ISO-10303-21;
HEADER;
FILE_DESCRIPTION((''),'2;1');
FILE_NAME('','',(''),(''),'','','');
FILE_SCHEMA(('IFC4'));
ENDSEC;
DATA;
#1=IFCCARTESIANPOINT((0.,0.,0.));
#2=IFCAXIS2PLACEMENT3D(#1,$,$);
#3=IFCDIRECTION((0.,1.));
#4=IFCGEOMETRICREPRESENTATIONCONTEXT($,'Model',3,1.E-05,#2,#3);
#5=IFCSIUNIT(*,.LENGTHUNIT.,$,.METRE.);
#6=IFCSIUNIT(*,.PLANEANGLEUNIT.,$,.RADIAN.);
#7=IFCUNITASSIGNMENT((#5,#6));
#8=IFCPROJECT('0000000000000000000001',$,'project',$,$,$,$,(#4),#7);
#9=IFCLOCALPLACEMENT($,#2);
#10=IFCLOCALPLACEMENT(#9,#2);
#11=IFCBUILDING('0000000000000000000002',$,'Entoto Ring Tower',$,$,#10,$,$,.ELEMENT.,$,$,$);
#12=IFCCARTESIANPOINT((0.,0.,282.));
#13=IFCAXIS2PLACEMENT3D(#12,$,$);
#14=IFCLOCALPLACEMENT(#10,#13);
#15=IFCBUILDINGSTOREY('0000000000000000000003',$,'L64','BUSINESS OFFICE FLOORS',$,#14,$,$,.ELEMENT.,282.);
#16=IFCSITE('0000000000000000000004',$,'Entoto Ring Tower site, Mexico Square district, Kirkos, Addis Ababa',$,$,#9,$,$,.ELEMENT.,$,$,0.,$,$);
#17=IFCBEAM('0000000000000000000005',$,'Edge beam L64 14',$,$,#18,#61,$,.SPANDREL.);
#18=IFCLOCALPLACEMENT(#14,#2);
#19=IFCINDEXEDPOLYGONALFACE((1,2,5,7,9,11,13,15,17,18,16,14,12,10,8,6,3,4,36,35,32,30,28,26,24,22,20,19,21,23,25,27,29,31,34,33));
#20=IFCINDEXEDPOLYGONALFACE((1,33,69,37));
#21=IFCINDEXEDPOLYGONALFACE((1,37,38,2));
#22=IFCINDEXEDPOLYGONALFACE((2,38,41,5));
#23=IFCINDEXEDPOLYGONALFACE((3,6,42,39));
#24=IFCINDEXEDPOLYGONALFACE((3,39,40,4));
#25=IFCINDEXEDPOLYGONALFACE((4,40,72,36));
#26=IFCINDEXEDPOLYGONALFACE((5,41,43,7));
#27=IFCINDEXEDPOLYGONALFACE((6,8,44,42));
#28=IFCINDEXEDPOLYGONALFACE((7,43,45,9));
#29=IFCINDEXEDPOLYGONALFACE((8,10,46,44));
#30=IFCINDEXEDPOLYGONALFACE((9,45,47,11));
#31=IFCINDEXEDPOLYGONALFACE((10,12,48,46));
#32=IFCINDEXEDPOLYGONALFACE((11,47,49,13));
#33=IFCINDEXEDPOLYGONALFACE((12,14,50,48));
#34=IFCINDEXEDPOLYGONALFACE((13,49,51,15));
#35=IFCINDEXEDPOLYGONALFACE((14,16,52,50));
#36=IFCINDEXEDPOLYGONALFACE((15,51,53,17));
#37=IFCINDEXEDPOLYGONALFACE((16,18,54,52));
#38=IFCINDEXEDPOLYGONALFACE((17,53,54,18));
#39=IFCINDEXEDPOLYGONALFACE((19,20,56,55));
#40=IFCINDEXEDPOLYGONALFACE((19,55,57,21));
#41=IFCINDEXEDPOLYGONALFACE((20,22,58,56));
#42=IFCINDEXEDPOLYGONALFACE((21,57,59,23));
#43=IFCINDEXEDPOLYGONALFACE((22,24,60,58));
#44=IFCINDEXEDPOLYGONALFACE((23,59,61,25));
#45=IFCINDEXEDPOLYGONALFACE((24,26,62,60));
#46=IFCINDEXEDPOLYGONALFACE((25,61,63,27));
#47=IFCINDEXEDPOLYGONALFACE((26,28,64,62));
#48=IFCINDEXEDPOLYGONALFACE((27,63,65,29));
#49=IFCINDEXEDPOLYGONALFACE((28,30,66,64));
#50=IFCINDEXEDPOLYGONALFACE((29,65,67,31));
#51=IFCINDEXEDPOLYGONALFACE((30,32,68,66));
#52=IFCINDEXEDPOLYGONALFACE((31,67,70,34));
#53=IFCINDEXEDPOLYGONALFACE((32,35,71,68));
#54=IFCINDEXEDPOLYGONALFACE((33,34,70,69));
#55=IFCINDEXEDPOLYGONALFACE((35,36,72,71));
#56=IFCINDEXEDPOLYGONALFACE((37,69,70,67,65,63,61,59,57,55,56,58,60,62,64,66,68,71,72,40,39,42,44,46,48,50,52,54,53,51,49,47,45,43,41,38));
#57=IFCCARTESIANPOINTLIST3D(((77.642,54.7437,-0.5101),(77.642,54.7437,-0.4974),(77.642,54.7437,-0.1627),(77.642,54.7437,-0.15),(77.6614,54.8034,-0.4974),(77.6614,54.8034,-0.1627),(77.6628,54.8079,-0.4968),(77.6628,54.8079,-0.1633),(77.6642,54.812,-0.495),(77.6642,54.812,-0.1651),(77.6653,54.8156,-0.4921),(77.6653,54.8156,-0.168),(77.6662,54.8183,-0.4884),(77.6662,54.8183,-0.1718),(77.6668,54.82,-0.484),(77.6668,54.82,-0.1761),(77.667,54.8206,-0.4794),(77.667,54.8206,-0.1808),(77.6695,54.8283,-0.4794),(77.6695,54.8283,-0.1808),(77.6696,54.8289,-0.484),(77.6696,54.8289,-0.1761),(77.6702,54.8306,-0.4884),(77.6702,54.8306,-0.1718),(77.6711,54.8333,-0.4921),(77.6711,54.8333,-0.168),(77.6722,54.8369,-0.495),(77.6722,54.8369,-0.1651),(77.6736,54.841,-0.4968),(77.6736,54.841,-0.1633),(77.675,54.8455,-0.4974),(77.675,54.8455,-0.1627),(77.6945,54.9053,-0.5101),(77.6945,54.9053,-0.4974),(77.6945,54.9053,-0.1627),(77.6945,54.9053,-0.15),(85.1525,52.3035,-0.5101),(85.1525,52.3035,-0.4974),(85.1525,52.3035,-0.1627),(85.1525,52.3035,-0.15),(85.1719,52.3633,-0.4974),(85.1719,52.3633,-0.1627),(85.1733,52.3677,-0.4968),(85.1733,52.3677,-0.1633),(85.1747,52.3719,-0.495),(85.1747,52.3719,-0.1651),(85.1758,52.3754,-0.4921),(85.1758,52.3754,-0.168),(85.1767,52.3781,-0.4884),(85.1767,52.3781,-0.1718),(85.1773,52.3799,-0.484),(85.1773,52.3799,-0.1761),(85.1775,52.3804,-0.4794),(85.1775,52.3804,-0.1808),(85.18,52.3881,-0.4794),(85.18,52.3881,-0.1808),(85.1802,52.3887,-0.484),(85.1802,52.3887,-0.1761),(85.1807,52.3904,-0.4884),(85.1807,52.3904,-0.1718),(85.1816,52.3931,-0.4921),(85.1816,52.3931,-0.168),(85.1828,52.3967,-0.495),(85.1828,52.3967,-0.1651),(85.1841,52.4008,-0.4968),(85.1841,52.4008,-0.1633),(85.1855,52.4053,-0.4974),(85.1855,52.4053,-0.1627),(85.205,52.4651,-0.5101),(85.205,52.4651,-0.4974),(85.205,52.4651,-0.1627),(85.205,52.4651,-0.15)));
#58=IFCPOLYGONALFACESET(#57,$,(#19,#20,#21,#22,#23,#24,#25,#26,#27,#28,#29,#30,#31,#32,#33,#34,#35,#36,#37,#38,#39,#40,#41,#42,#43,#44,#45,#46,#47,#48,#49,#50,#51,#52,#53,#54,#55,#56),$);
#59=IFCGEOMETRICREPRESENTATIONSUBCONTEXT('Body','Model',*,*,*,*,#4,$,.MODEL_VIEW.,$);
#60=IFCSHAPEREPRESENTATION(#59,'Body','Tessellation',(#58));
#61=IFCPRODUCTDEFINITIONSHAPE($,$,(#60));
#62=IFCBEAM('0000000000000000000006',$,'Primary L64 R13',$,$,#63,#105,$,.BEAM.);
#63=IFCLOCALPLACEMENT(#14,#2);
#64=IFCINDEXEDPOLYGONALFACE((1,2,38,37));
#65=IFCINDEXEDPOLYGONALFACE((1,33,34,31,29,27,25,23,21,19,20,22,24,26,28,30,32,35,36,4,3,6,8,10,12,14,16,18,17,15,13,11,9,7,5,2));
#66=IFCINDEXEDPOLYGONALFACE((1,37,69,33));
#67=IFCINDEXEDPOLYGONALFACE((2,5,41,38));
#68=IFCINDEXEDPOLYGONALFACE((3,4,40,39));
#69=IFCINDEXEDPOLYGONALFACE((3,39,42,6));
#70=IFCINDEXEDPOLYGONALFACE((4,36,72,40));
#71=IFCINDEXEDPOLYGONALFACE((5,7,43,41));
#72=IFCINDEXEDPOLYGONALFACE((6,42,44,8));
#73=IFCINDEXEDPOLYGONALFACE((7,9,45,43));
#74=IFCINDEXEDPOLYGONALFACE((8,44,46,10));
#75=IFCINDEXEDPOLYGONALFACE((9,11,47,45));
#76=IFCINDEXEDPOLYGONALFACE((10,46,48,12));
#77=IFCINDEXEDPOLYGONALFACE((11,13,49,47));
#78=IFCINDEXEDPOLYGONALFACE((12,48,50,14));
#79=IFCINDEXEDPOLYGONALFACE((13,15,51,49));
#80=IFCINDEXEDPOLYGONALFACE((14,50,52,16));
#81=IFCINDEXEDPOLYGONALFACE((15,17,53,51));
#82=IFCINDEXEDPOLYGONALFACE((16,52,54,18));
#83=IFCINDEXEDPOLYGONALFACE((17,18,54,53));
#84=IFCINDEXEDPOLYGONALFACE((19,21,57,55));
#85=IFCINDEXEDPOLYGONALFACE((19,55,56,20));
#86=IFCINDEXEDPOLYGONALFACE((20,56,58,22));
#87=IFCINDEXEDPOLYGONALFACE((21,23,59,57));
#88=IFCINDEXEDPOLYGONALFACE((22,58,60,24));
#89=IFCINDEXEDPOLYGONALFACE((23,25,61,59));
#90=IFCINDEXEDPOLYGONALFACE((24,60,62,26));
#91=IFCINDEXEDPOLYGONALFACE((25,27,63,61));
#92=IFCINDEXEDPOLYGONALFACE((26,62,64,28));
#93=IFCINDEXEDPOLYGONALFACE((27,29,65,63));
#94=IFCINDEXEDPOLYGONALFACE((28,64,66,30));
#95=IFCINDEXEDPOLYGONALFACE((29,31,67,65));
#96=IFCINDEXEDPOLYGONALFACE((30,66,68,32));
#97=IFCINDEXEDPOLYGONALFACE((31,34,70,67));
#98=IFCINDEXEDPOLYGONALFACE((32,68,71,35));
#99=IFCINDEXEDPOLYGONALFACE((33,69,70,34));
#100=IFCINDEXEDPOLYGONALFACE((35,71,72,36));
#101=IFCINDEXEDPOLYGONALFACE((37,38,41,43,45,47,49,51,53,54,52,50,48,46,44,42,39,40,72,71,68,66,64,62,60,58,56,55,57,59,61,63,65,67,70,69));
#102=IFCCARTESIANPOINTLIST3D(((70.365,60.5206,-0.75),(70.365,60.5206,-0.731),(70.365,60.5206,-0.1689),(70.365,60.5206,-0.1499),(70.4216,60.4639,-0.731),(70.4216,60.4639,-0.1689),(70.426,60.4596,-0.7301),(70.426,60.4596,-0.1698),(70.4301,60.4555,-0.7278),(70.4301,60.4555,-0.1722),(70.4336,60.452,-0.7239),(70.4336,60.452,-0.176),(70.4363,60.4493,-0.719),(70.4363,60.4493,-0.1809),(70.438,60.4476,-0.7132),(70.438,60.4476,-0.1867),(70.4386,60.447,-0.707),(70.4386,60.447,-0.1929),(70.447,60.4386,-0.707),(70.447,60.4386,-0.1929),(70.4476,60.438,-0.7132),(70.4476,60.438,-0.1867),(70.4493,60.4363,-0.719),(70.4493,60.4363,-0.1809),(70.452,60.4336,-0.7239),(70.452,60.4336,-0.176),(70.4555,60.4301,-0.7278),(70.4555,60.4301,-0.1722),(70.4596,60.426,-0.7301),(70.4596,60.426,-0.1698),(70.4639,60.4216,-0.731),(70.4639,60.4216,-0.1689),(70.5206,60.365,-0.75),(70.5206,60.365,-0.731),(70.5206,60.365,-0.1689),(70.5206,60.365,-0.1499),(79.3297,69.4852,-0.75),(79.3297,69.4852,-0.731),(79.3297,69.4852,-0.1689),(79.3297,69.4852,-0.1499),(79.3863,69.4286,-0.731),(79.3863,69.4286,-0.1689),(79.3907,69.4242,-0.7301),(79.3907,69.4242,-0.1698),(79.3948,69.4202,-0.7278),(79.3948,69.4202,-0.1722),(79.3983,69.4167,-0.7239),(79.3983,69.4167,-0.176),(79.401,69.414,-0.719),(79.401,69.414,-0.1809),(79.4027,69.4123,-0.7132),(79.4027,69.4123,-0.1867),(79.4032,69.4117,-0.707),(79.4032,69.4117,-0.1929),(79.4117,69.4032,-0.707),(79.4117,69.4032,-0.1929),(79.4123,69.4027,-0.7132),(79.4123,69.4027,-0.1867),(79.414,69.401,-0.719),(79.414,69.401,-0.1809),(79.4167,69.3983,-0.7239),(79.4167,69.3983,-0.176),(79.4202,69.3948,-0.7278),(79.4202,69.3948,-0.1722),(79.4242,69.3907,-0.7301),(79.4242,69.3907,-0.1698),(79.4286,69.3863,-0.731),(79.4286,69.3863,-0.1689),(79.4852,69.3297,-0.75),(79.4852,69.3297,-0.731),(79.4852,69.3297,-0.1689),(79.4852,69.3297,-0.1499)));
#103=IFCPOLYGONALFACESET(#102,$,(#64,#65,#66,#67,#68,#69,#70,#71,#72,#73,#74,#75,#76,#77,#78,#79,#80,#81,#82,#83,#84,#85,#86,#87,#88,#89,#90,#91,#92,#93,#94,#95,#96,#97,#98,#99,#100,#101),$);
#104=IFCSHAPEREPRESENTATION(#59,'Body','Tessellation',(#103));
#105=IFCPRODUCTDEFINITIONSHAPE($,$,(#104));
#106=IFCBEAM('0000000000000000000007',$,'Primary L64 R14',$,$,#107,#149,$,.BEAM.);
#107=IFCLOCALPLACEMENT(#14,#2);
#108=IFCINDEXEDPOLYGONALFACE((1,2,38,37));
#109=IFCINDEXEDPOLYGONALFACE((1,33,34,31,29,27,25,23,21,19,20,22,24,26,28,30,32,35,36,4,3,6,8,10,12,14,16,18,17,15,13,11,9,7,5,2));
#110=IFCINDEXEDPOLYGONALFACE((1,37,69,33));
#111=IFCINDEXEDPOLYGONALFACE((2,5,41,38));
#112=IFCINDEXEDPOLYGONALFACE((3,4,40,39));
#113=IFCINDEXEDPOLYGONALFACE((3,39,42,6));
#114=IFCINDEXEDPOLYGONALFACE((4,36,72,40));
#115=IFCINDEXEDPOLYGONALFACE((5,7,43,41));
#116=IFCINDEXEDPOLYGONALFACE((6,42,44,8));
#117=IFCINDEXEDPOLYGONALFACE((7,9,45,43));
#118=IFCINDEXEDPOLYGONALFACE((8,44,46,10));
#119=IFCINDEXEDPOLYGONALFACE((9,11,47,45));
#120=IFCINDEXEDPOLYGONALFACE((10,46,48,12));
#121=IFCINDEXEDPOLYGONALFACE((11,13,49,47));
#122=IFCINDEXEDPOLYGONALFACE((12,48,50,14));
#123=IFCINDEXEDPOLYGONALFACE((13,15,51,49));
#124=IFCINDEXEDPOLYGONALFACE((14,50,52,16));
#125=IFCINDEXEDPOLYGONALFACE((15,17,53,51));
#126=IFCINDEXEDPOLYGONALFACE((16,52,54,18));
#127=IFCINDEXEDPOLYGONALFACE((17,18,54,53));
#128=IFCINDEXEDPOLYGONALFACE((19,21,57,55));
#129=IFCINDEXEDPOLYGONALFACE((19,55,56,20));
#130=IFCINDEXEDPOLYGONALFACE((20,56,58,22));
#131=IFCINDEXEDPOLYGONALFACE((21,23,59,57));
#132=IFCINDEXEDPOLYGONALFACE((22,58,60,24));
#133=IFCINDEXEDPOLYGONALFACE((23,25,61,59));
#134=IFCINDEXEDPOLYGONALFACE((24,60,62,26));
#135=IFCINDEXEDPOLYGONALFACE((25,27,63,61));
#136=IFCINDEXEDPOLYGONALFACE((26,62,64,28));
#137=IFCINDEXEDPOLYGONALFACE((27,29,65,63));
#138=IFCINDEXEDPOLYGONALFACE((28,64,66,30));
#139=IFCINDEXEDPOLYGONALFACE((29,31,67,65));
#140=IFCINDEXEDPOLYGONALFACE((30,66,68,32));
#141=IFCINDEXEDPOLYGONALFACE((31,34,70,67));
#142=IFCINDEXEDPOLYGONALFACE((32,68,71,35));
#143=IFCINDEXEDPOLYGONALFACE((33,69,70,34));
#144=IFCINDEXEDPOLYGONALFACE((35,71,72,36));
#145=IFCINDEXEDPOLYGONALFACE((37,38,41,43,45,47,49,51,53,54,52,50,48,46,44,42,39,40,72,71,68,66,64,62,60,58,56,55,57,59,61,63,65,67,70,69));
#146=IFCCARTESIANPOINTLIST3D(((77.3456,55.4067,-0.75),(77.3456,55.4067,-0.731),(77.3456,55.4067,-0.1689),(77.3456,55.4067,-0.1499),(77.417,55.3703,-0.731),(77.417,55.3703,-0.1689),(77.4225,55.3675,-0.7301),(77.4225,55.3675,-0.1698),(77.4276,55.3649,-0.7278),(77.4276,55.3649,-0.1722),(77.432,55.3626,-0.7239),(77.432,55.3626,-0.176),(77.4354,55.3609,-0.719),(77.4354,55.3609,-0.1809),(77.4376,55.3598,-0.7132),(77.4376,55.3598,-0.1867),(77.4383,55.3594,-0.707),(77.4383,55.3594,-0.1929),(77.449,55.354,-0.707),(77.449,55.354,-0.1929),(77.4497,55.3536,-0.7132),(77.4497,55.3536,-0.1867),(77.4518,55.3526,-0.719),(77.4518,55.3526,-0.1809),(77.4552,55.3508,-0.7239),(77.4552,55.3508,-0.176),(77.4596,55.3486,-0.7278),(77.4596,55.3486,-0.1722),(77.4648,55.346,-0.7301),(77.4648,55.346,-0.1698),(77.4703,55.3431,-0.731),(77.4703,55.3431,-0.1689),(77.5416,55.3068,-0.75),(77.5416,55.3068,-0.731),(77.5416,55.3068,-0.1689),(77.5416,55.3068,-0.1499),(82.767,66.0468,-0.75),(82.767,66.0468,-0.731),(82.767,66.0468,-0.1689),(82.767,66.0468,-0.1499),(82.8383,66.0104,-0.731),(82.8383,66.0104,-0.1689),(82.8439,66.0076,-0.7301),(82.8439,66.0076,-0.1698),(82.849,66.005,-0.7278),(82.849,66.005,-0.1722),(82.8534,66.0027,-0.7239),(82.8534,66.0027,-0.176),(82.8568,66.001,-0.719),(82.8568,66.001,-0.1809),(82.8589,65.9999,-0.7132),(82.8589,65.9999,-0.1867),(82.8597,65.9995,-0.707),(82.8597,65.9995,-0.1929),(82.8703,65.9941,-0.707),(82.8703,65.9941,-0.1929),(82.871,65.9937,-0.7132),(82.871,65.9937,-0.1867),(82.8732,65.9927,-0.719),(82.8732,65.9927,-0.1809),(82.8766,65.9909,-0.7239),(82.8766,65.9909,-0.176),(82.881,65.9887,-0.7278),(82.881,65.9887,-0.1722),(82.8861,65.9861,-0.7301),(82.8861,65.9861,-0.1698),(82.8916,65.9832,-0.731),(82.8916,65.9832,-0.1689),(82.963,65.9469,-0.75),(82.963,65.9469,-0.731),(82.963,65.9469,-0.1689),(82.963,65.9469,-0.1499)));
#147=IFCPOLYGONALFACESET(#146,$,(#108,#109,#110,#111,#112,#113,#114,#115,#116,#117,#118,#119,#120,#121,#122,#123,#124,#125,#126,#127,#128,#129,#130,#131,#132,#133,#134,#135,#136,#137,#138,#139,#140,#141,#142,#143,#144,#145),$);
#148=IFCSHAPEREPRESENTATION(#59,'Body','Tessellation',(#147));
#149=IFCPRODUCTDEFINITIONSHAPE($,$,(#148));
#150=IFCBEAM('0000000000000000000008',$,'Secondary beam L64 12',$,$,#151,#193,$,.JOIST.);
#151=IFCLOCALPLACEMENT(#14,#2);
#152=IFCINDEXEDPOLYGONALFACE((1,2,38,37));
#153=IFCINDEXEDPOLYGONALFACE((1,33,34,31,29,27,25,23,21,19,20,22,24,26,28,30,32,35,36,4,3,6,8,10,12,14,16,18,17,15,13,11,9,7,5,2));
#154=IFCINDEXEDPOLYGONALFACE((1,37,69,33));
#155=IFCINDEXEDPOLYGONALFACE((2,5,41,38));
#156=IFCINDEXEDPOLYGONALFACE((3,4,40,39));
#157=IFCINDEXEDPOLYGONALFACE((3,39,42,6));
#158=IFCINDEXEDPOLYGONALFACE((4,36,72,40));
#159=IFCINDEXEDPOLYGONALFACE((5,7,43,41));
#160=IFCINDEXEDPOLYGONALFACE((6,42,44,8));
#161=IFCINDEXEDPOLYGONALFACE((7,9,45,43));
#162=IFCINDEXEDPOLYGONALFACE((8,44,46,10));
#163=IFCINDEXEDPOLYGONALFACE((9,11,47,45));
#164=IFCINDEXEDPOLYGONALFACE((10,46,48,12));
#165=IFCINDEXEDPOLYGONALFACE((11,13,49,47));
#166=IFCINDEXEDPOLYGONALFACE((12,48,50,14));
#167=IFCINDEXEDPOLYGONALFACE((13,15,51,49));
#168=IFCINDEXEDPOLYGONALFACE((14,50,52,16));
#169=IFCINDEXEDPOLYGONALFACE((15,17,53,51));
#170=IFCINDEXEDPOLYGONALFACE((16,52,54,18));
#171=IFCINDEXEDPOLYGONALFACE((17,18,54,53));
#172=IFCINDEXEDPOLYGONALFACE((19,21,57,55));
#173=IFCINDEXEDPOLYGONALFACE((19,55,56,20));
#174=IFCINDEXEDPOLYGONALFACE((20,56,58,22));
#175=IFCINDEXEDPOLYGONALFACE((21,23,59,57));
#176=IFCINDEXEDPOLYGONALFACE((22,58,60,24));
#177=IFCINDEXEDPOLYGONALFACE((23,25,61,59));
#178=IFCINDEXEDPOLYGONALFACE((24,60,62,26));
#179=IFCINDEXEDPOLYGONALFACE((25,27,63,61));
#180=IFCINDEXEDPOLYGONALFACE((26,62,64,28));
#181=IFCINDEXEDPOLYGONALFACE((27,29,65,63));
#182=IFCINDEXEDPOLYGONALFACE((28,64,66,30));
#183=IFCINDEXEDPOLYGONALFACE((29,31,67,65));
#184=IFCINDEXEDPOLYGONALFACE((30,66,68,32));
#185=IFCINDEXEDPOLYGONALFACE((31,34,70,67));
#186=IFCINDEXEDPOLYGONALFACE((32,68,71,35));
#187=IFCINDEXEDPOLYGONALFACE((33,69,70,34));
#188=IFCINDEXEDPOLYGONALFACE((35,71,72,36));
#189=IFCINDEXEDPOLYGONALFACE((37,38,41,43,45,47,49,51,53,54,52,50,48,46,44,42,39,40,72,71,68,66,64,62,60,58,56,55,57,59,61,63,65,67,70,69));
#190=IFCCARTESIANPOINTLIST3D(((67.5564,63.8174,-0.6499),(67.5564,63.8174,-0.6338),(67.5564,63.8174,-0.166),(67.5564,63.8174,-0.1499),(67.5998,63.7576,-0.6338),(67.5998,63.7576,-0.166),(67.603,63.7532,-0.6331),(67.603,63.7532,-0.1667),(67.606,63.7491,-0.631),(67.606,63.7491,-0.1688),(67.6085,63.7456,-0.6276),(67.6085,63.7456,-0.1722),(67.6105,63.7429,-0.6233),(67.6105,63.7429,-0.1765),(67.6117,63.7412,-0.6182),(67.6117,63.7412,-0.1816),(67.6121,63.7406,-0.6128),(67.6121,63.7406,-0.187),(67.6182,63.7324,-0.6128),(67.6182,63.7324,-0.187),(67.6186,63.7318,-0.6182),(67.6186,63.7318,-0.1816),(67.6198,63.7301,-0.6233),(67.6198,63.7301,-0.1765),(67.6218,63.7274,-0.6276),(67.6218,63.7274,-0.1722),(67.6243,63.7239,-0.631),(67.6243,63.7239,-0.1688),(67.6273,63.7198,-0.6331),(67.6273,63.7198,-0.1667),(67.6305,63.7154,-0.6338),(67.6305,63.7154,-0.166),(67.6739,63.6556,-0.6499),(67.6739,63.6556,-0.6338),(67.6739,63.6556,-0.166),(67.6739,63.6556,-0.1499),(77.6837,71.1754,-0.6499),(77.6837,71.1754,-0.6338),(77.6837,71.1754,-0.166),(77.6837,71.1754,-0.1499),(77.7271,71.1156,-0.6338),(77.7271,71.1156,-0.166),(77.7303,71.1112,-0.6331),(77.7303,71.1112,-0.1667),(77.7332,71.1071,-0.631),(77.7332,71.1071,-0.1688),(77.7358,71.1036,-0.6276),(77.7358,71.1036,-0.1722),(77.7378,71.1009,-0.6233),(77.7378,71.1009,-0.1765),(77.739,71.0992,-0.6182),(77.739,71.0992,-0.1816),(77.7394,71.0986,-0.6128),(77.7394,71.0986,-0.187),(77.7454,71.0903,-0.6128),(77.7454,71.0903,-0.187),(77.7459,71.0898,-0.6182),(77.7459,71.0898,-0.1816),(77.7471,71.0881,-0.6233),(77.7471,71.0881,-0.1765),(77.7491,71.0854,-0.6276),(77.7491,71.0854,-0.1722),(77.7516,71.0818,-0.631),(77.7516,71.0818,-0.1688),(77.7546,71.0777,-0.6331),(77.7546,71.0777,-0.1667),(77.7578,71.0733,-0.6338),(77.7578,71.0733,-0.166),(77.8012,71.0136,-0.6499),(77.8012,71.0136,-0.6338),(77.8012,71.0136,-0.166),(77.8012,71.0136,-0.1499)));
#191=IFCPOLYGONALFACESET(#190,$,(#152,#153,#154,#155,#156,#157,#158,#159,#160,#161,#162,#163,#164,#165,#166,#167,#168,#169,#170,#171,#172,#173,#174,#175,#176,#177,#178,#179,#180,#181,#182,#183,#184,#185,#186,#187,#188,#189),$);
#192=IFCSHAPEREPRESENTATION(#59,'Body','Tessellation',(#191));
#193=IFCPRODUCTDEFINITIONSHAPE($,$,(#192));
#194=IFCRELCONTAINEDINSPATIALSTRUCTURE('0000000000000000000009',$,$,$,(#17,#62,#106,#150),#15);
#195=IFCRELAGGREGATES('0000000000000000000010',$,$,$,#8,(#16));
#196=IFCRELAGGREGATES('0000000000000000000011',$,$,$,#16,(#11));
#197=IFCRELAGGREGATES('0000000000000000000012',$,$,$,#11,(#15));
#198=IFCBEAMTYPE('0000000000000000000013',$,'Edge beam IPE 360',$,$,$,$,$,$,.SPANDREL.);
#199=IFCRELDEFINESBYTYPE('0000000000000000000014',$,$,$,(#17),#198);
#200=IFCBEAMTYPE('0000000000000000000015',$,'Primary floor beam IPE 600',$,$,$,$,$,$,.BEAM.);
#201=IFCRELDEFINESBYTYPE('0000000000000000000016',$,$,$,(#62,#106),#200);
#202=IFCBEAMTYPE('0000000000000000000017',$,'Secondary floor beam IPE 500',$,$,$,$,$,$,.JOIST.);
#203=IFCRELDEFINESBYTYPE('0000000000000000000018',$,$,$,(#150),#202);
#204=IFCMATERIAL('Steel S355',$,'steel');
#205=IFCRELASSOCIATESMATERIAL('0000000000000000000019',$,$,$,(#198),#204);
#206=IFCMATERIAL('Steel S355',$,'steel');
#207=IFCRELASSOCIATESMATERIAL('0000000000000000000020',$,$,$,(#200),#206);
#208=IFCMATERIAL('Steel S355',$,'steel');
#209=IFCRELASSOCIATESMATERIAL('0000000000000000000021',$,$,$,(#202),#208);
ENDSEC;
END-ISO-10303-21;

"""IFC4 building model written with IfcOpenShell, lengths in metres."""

from ifc_helpers import new_model, si_unit, direction, frame, origin, origin_2d, place, context, subcontext, project, spatial, i_section, extrude, material, material_profile, profile_set, type_object, element, save


model = new_model("IFC4")

# Units and contexts
model_context = context("Model", 3, precision=1e-05, world=origin(), true_north=direction((0.0, 1.0)))
body_context = subcontext(model_context, "Body", "Model", "MODEL_VIEW")
ifc_project = project(units=[si_unit("LENGTHUNIT", "METRE"), si_unit("PLANEANGLEUNIT", "RADIAN")], contexts=[model_context])

# Site, building, storey
site_placement = place(None, origin())
site = spatial("IfcSite", under=ifc_project, at=site_placement, Name="Entoto Ring Tower site, Mexico Square district, Kirkos, Addis Ababa", CompositionType="ELEMENT", RefElevation=0.0)
building_placement = place(site_placement, origin())
building = spatial("IfcBuilding", under=site, at=building_placement, Name="Entoto Ring Tower", CompositionType="ELEMENT")
storey_placement = place(building_placement, frame((0.0, 0.0, 282.0)))
storey = spatial("IfcBuildingStorey", under=building, at=storey_placement, Name="L64", Description="BUSINESS OFFICE FLOORS", CompositionType="ELEMENT", Elevation=282.0)

# Beams
ifc_material_1 = material(Name="Steel S355", Category="steel")
ifc_material_profile_1 = material_profile(ifc_material_1, i_section(OverallWidth=0.1699, OverallDepth=0.3601, WebThickness=0.0081, FlangeThickness=0.0127, FilletRadius=0.0181, at=origin_2d()), Name="IPE 360")
ifc_profile_set_1 = profile_set([ifc_material_profile_1], Name="Steel S355")
beam_type_1 = type_object("IfcBeamType", Name="Edge beam IPE 360", PredefinedType="SPANDREL", material=ifc_profile_set_1)
beam_1_placement = place(storey_placement, frame((77.6682, 54.8245, -0.3301), z_axis=(0.951061, -0.309003, 0.0), x_axis=(0.309003, 0.951061, 0.0)))
element("IfcBeam", 1, at=beam_1_placement, inside=storey, type_object=beam_type_1, Name="Edge beam L64 14", PredefinedType="SPANDREL", context=body_context, shape_type="SweptSolid", body=[
    extrude(i_section(OverallWidth=0.1699, OverallDepth=0.3601, WebThickness=0.0081, FlangeThickness=0.0127, FilletRadius=0.0181, at=origin_2d()), origin(), (0.0, 0.0, 1.0), 7.897),
])
ifc_material_2 = material(Name="Steel S355", Category="steel")
ifc_material_profile_2 = material_profile(ifc_material_2, i_section(OverallWidth=0.22, OverallDepth=0.6001, WebThickness=0.012, FlangeThickness=0.019, FilletRadius=0.0239, at=origin_2d()), Name="IPE 600")
ifc_profile_set_2 = profile_set([ifc_material_profile_2], Name="Steel S355")
beam_type_2 = type_object("IfcBeamType", Name="Primary floor beam IPE 600", PredefinedType="BEAM", material=ifc_profile_set_2)
beam_2_placement = place(storey_placement, frame((79.4075, 69.4075, -0.45), z_axis=(-0.707107, -0.707107, 0.0), x_axis=(0.707107, -0.707107, 0.0)))
element("IfcBeam", 2, at=beam_2_placement, inside=storey, type_object=beam_type_2, Name="Primary L64 R13", PredefinedType="BEAM", context=body_context, shape_type="SweptSolid", body=[
    extrude(i_section(OverallWidth=0.22, OverallDepth=0.6001, WebThickness=0.012, FlangeThickness=0.019, FilletRadius=0.0239, at=origin_2d()), origin(), (0.0, 0.0, 1.0), 12.678),
])
beam_3_placement = place(storey_placement, frame((82.865, 65.9968, -0.45), z_axis=(-0.453988, -0.891008, 0.0), x_axis=(0.891008, -0.453988, 0.0)))
element("IfcBeam", 3, at=beam_3_placement, inside=storey, type_object=beam_type_2, Name="Primary L64 R14", PredefinedType="BEAM", context=body_context, shape_type="SweptSolid", body=[
    extrude(i_section(OverallWidth=0.22, OverallDepth=0.6001, WebThickness=0.012, FlangeThickness=0.019, FilletRadius=0.0239, at=origin_2d()), origin(), (0.0, 0.0, 1.0), 11.9417),
])
ifc_material_3 = material(Name="Steel S355", Category="steel")
ifc_material_profile_3 = material_profile(ifc_material_3, i_section(OverallWidth=0.2, OverallDepth=0.5, WebThickness=0.0103, FlangeThickness=0.0161, FilletRadius=0.021, at=origin_2d()), Name="IPE 500")
ifc_profile_set_3 = profile_set([ifc_material_profile_3], Name="Steel S355")
beam_type_3 = type_object("IfcBeamType", Name="Secondary floor beam IPE 500", PredefinedType="JOIST", material=ifc_profile_set_3)
for number, where, z_axis, x_axis, name in (
    (4, (77.7424, 71.0945, -0.3999), (-0.809014, -0.587789, 0.0), (0.587789, -0.809014, 0.0), "Secondary beam L64 12"),
):
    element("IfcBeam", number, at=place(storey_placement, frame(where, z_axis=z_axis, x_axis=x_axis)), inside=storey, type_object=beam_type_3, Name=name, PredefinedType="JOIST", context=body_context, shape_type="SweptSolid", body=[
        extrude(i_section(OverallWidth=0.2, OverallDepth=0.5, WebThickness=0.0103, FlangeThickness=0.0161, FilletRadius=0.021, at=origin_2d()), origin(), (0.0, 0.0, 1.0), 12.5181),
    ])

save(model, "model.ifc")
